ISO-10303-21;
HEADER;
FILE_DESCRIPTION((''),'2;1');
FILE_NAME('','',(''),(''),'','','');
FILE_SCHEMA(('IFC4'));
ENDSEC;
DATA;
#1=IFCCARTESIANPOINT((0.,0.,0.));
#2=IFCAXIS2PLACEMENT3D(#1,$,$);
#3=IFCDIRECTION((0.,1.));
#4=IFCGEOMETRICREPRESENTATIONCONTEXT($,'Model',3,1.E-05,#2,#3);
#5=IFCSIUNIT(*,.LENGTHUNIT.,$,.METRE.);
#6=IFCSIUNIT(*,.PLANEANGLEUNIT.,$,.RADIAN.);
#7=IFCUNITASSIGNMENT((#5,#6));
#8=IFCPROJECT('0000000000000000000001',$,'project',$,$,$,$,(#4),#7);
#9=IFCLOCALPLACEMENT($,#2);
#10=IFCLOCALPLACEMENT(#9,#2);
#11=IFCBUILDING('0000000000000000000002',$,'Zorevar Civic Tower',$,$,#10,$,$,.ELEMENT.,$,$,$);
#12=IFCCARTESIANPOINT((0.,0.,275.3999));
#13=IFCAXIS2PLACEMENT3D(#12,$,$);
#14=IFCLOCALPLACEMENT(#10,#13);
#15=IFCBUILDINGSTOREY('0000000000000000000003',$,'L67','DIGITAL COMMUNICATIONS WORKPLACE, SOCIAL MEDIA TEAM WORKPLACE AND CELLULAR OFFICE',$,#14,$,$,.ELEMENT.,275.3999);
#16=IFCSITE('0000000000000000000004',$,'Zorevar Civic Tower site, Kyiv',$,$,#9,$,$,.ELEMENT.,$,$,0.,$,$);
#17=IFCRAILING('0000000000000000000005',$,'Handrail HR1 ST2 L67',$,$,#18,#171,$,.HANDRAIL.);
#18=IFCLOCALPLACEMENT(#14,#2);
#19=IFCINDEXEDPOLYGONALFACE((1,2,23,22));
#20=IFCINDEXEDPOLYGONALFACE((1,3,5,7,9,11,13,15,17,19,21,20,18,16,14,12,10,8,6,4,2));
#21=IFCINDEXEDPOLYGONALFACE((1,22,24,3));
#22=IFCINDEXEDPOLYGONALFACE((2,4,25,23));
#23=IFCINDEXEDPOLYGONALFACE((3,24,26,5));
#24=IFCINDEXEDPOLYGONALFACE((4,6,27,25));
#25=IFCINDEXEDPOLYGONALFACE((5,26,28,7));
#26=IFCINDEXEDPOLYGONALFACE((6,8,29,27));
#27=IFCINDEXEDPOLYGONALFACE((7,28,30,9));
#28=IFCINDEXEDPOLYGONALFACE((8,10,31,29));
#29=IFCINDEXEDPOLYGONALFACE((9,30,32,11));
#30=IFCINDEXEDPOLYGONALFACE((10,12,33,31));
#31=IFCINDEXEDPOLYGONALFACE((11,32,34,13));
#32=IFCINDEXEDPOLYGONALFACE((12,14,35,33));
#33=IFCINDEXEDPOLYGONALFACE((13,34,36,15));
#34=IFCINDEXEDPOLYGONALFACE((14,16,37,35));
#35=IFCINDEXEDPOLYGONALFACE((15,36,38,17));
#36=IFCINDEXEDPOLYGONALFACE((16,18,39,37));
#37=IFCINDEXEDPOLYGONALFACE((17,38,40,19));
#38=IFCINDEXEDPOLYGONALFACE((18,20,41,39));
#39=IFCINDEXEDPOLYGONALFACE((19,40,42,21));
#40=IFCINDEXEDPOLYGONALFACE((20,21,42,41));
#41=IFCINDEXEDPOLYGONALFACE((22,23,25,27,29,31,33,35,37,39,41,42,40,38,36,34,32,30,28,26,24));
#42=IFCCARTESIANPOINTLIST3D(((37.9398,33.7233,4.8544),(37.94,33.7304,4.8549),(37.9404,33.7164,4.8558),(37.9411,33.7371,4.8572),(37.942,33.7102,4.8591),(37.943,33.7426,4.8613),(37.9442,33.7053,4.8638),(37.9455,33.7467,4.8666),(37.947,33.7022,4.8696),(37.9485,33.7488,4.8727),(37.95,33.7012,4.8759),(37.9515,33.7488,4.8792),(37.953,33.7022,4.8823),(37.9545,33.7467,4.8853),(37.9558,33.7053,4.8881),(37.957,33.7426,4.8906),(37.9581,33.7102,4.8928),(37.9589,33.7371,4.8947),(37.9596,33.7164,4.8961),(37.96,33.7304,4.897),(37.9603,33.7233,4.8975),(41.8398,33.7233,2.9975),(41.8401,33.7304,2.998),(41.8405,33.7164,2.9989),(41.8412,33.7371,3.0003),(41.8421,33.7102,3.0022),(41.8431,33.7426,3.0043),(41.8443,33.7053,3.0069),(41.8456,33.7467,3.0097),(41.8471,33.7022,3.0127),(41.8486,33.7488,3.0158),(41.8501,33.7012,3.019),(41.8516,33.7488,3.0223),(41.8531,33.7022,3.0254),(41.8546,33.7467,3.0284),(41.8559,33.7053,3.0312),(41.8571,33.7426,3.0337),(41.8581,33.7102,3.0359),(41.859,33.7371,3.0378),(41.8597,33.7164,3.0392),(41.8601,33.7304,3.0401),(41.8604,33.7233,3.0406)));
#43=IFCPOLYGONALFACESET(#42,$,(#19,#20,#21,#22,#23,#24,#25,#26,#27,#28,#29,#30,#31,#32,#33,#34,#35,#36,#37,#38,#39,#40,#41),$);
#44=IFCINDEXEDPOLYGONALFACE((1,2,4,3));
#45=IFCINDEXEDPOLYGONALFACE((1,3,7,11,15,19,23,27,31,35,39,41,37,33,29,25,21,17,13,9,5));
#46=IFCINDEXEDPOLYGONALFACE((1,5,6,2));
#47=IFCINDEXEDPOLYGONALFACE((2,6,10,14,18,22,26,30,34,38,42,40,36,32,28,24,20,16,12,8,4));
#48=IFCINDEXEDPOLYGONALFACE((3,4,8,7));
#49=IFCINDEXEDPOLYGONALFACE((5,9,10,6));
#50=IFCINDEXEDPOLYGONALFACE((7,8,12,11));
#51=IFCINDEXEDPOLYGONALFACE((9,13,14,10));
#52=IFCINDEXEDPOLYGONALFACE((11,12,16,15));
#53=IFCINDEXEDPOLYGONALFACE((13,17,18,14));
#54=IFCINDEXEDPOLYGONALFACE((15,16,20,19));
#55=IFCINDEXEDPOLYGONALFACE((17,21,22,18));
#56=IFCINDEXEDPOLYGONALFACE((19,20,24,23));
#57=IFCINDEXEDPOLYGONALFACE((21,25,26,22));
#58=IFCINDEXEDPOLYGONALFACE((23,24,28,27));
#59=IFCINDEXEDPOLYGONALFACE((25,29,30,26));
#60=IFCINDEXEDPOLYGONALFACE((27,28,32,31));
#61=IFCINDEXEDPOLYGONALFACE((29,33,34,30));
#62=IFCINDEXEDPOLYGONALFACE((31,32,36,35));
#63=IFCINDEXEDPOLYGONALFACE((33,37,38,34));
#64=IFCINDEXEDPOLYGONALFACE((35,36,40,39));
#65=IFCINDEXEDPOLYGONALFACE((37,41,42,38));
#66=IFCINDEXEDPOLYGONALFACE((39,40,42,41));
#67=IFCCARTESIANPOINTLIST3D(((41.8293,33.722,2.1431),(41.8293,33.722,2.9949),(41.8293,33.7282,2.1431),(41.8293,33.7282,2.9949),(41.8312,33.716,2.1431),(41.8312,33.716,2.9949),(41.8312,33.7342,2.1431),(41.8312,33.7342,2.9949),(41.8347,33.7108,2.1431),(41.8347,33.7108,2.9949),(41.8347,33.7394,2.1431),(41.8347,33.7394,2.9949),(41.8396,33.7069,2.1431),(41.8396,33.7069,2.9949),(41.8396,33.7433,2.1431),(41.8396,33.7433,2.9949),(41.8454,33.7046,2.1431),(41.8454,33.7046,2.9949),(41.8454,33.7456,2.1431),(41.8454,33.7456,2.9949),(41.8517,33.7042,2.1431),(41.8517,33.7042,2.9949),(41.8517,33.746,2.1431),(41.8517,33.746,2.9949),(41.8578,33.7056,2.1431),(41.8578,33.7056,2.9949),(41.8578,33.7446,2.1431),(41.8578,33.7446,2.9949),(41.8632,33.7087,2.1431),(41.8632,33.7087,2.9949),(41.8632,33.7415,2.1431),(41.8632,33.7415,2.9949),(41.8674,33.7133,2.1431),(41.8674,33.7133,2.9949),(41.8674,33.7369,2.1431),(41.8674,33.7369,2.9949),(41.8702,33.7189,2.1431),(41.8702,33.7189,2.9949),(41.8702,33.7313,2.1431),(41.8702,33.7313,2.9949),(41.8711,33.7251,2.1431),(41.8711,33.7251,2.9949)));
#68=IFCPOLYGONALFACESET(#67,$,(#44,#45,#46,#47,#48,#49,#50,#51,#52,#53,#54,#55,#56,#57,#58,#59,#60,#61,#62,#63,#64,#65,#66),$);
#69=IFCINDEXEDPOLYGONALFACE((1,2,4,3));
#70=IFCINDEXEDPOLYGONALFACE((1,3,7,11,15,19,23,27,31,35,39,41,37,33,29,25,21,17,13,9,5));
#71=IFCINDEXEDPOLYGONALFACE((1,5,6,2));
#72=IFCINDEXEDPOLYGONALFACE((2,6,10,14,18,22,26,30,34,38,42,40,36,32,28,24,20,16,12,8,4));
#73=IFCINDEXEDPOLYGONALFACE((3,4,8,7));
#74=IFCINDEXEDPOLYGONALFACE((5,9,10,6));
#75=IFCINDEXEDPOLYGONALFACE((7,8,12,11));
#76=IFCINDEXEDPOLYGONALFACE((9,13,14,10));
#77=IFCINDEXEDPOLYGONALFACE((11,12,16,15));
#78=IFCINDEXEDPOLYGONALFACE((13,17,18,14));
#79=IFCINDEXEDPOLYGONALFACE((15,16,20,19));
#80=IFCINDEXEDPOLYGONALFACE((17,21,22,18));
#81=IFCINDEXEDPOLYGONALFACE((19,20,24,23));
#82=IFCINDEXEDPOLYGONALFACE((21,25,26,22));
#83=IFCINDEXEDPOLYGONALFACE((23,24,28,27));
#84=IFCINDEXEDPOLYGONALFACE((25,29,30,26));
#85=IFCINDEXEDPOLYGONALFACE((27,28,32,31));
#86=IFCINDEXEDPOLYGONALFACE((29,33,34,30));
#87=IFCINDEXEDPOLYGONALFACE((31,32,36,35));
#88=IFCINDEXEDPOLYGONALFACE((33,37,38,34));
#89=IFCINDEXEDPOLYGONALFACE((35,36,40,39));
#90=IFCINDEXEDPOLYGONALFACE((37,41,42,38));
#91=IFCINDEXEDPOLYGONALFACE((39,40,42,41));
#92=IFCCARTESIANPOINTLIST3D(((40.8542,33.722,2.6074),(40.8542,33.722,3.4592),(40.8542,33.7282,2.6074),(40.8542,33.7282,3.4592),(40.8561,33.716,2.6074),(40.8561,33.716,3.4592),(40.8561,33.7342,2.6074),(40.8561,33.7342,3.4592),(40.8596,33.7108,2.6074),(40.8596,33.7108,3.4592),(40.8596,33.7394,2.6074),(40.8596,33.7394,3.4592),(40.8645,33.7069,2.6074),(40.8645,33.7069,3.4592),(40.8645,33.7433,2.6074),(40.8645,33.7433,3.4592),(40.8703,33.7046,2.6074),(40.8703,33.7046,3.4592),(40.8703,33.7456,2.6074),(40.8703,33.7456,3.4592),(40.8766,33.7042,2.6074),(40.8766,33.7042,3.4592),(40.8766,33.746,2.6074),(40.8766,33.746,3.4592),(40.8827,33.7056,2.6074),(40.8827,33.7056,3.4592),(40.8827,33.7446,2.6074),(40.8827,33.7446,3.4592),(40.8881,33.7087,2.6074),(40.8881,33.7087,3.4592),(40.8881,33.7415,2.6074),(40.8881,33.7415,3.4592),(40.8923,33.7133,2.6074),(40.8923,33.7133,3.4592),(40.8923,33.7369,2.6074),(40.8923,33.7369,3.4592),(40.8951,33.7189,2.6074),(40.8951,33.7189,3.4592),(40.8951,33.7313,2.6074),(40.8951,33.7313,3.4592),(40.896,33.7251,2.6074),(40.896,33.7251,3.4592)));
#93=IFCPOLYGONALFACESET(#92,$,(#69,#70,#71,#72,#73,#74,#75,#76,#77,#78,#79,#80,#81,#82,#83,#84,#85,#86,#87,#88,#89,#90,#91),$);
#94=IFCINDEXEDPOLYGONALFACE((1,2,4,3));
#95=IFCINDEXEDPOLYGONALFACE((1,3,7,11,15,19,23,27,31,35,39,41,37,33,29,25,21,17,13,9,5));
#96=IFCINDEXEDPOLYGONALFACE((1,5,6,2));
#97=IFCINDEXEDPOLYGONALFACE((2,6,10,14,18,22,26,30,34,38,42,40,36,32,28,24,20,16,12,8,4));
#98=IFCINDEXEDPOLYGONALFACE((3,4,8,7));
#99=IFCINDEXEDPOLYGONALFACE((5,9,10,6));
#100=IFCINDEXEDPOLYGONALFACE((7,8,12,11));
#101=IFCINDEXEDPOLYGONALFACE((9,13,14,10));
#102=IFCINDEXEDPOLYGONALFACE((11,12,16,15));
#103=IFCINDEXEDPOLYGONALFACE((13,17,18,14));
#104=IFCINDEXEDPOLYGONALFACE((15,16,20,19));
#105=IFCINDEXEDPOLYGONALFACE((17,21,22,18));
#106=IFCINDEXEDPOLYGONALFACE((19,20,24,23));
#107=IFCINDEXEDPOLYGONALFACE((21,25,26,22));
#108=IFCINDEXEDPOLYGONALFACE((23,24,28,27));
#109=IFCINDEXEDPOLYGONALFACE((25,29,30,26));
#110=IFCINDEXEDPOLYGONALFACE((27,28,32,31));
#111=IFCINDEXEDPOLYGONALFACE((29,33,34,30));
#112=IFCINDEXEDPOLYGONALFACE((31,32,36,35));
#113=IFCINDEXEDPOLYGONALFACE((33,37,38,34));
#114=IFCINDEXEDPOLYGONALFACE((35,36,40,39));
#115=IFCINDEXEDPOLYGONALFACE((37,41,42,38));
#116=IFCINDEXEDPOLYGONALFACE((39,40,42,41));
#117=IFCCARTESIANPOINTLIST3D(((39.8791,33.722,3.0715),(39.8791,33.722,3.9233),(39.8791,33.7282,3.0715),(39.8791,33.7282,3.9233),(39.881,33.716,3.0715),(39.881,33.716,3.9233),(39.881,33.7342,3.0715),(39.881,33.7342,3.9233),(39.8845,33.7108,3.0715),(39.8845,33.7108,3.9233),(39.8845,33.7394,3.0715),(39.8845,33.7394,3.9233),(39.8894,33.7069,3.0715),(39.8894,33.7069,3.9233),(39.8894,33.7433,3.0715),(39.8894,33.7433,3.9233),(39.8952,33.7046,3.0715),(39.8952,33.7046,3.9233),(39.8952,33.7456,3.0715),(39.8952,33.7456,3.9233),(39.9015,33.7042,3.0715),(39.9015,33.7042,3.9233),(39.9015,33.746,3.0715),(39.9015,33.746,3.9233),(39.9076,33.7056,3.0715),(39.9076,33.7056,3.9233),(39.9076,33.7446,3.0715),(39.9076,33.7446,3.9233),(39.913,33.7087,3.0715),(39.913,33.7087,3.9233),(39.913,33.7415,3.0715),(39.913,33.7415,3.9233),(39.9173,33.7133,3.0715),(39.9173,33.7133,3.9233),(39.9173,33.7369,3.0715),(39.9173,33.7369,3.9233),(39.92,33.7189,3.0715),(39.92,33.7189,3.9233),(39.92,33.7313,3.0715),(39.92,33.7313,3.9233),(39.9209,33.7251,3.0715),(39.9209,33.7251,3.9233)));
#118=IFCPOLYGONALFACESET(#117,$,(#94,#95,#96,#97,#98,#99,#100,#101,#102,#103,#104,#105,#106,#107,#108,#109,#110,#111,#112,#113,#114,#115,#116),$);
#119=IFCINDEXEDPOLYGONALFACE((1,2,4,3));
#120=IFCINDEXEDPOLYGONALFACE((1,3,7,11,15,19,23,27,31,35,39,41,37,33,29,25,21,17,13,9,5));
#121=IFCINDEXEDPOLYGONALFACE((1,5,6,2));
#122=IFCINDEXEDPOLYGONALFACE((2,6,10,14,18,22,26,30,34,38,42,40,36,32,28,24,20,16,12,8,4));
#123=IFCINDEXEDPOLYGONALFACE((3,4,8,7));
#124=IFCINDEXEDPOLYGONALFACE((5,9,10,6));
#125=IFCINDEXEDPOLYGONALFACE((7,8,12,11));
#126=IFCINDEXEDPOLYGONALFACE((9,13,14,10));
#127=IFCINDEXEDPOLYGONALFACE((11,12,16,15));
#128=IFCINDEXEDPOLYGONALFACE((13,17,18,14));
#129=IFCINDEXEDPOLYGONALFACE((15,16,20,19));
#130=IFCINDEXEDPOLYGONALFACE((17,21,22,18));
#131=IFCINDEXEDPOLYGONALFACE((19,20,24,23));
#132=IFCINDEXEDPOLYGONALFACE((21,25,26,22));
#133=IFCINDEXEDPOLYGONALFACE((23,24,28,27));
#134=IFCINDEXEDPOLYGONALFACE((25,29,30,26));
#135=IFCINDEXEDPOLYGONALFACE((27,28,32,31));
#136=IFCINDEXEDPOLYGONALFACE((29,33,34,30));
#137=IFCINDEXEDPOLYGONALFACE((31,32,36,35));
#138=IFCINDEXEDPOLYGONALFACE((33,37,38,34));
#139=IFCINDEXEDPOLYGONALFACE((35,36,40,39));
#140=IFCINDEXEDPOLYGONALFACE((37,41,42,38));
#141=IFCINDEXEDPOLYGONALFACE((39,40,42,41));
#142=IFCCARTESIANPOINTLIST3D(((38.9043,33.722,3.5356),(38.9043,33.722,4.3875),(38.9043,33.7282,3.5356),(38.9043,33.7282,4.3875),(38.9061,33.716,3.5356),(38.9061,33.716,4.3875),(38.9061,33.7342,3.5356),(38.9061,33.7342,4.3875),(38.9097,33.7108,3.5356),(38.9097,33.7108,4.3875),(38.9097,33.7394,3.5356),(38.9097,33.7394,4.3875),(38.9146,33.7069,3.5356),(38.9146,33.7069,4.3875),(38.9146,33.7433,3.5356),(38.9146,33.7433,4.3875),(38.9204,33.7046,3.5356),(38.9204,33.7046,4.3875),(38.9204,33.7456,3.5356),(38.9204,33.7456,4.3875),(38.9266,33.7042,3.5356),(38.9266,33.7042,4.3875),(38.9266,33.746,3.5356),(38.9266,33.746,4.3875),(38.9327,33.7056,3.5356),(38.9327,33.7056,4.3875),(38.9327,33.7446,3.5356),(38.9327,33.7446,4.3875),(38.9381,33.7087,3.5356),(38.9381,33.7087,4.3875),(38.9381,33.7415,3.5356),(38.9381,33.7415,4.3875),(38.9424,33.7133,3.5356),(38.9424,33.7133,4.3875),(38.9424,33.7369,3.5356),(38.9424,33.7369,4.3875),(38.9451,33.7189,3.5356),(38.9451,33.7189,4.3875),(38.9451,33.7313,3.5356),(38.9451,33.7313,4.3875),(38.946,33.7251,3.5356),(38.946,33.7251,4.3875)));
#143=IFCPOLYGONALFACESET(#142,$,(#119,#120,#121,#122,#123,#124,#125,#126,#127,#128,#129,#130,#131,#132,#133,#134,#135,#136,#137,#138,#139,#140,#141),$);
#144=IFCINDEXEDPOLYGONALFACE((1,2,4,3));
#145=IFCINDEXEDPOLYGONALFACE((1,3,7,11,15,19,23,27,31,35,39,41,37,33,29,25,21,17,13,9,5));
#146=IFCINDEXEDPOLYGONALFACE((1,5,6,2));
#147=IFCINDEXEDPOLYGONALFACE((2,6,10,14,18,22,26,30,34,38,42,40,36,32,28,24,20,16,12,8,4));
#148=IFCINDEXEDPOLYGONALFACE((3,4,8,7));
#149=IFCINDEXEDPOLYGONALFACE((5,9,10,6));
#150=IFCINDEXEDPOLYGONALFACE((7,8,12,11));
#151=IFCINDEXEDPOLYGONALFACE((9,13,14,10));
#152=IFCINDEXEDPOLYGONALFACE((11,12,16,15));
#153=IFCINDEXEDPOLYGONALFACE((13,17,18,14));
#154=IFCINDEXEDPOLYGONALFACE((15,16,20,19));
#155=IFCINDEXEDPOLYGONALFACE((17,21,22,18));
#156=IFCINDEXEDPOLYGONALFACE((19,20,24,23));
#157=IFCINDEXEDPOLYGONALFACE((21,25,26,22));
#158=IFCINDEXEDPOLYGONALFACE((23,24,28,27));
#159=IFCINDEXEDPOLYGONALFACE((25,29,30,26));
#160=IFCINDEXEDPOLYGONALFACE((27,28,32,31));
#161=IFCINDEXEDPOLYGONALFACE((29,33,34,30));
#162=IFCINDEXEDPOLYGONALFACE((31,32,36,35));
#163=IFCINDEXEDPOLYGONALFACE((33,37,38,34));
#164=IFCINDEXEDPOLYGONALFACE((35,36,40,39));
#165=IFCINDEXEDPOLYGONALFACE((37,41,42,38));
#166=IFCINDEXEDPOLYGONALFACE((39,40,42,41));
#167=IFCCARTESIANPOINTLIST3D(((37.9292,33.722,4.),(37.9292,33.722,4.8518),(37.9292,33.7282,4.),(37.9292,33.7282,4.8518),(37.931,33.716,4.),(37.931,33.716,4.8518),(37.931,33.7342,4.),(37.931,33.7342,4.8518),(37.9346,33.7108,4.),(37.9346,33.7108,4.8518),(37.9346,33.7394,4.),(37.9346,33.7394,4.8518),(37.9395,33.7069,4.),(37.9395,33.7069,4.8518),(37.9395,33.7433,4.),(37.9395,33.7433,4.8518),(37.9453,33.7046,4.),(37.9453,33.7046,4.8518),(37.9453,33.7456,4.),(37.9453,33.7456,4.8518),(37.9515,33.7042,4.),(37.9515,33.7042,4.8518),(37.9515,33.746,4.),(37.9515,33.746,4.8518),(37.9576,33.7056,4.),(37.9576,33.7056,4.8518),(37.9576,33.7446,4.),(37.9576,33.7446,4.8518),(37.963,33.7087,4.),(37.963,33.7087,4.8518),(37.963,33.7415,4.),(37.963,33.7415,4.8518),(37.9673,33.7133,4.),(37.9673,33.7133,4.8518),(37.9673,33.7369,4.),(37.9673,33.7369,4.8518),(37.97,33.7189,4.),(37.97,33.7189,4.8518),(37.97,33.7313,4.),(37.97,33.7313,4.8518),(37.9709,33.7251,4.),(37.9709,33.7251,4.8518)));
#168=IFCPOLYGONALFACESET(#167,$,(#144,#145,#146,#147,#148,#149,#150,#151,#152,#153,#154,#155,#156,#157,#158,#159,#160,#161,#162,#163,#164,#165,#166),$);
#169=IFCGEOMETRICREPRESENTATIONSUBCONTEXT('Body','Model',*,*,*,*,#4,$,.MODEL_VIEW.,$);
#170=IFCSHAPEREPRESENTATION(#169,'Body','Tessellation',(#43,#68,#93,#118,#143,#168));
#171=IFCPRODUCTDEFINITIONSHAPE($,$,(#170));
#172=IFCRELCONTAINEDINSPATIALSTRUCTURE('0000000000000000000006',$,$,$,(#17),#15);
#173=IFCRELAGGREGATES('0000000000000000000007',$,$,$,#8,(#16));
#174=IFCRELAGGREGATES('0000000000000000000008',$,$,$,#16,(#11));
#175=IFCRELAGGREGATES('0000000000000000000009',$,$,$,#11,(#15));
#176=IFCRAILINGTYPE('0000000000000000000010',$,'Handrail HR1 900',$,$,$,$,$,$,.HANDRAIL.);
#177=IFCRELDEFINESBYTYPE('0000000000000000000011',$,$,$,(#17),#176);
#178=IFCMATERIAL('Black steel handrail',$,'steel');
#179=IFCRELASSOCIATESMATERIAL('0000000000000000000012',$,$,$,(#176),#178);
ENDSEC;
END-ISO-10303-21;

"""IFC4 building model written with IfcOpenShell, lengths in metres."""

from ifc_helpers import new_model, si_unit, direction, frame, origin, origin_2d, place, context, subcontext, project, spatial, circle, extrude, material, type_object, element, save


model = new_model("IFC4")

# Units and contexts
model_context = context("Model", 3, precision=1e-05, world=origin(), true_north=direction((0.0, 1.0)))
body_context = subcontext(model_context, "Body", "Model", "MODEL_VIEW")
ifc_project = project(units=[si_unit("LENGTHUNIT", "METRE"), si_unit("PLANEANGLEUNIT", "RADIAN")], contexts=[model_context])

# Site, building, storey
site_placement = place(None, origin())
site = spatial("IfcSite", under=ifc_project, at=site_placement, Name="Zorevar Civic Tower site, Kyiv", CompositionType="ELEMENT", RefElevation=0.0)
building_placement = place(site_placement, origin())
building = spatial("IfcBuilding", under=site, at=building_placement, Name="Zorevar Civic Tower", CompositionType="ELEMENT")
storey_placement = place(building_placement, frame((0.0, 0.0, 275.3999)))
storey = spatial("IfcBuildingStorey", under=building, at=storey_placement, Name="L67", Description="DIGITAL COMMUNICATIONS WORKPLACE, SOCIAL MEDIA TEAM WORKPLACE AND CELLULAR OFFICE", CompositionType="ELEMENT", Elevation=275.3999)

# Railing
ifc_material_1 = material(Name="Black steel handrail", Category="steel")
railing_type = type_object("IfcRailingType", Name="Handrail HR1 900", PredefinedType="HANDRAIL", material=ifc_material_1)
railing_1_placement = place(storey_placement, frame((41.8501, 33.7251, 2.1431)))
element("IfcRailing", 1, at=railing_1_placement, inside=storey, type_object=railing_type, Name="Handrail HR1 ST2 L67", PredefinedType="HANDRAIL", context=body_context, shape_type="SweptSolid", body=[
    extrude(circle(Radius=0.0239, at=origin_2d()), frame((0.0, 0.0, 0.876), z_axis=(-0.902886, 0.0, 0.429881), x_axis=(0.0, -1.0, 0.0)), (0.0, 0.0, 1.0), 4.3196),
    extrude(circle(Radius=0.021, at=origin_2d()), origin(), (0.0, 0.0, 1.0), 0.8518),
    extrude(circle(Radius=0.021, at=origin_2d()), frame((-0.9751, 0.0, 0.4644)), (0.0, 0.0, 1.0), 0.8518),
    extrude(circle(Radius=0.021, at=origin_2d()), frame((-1.9502, 0.0, 0.9285)), (0.0, 0.0, 1.0), 0.8518),
    extrude(circle(Radius=0.021, at=origin_2d()), frame((-2.925, 0.0, 1.3926)), (0.0, 0.0, 1.0), 0.8518),
    extrude(circle(Radius=0.021, at=origin_2d()), frame((-3.9001, 0.0, 1.8569)), (0.0, 0.0, 1.0), 0.8518),
])

save(model, "model.ifc")
